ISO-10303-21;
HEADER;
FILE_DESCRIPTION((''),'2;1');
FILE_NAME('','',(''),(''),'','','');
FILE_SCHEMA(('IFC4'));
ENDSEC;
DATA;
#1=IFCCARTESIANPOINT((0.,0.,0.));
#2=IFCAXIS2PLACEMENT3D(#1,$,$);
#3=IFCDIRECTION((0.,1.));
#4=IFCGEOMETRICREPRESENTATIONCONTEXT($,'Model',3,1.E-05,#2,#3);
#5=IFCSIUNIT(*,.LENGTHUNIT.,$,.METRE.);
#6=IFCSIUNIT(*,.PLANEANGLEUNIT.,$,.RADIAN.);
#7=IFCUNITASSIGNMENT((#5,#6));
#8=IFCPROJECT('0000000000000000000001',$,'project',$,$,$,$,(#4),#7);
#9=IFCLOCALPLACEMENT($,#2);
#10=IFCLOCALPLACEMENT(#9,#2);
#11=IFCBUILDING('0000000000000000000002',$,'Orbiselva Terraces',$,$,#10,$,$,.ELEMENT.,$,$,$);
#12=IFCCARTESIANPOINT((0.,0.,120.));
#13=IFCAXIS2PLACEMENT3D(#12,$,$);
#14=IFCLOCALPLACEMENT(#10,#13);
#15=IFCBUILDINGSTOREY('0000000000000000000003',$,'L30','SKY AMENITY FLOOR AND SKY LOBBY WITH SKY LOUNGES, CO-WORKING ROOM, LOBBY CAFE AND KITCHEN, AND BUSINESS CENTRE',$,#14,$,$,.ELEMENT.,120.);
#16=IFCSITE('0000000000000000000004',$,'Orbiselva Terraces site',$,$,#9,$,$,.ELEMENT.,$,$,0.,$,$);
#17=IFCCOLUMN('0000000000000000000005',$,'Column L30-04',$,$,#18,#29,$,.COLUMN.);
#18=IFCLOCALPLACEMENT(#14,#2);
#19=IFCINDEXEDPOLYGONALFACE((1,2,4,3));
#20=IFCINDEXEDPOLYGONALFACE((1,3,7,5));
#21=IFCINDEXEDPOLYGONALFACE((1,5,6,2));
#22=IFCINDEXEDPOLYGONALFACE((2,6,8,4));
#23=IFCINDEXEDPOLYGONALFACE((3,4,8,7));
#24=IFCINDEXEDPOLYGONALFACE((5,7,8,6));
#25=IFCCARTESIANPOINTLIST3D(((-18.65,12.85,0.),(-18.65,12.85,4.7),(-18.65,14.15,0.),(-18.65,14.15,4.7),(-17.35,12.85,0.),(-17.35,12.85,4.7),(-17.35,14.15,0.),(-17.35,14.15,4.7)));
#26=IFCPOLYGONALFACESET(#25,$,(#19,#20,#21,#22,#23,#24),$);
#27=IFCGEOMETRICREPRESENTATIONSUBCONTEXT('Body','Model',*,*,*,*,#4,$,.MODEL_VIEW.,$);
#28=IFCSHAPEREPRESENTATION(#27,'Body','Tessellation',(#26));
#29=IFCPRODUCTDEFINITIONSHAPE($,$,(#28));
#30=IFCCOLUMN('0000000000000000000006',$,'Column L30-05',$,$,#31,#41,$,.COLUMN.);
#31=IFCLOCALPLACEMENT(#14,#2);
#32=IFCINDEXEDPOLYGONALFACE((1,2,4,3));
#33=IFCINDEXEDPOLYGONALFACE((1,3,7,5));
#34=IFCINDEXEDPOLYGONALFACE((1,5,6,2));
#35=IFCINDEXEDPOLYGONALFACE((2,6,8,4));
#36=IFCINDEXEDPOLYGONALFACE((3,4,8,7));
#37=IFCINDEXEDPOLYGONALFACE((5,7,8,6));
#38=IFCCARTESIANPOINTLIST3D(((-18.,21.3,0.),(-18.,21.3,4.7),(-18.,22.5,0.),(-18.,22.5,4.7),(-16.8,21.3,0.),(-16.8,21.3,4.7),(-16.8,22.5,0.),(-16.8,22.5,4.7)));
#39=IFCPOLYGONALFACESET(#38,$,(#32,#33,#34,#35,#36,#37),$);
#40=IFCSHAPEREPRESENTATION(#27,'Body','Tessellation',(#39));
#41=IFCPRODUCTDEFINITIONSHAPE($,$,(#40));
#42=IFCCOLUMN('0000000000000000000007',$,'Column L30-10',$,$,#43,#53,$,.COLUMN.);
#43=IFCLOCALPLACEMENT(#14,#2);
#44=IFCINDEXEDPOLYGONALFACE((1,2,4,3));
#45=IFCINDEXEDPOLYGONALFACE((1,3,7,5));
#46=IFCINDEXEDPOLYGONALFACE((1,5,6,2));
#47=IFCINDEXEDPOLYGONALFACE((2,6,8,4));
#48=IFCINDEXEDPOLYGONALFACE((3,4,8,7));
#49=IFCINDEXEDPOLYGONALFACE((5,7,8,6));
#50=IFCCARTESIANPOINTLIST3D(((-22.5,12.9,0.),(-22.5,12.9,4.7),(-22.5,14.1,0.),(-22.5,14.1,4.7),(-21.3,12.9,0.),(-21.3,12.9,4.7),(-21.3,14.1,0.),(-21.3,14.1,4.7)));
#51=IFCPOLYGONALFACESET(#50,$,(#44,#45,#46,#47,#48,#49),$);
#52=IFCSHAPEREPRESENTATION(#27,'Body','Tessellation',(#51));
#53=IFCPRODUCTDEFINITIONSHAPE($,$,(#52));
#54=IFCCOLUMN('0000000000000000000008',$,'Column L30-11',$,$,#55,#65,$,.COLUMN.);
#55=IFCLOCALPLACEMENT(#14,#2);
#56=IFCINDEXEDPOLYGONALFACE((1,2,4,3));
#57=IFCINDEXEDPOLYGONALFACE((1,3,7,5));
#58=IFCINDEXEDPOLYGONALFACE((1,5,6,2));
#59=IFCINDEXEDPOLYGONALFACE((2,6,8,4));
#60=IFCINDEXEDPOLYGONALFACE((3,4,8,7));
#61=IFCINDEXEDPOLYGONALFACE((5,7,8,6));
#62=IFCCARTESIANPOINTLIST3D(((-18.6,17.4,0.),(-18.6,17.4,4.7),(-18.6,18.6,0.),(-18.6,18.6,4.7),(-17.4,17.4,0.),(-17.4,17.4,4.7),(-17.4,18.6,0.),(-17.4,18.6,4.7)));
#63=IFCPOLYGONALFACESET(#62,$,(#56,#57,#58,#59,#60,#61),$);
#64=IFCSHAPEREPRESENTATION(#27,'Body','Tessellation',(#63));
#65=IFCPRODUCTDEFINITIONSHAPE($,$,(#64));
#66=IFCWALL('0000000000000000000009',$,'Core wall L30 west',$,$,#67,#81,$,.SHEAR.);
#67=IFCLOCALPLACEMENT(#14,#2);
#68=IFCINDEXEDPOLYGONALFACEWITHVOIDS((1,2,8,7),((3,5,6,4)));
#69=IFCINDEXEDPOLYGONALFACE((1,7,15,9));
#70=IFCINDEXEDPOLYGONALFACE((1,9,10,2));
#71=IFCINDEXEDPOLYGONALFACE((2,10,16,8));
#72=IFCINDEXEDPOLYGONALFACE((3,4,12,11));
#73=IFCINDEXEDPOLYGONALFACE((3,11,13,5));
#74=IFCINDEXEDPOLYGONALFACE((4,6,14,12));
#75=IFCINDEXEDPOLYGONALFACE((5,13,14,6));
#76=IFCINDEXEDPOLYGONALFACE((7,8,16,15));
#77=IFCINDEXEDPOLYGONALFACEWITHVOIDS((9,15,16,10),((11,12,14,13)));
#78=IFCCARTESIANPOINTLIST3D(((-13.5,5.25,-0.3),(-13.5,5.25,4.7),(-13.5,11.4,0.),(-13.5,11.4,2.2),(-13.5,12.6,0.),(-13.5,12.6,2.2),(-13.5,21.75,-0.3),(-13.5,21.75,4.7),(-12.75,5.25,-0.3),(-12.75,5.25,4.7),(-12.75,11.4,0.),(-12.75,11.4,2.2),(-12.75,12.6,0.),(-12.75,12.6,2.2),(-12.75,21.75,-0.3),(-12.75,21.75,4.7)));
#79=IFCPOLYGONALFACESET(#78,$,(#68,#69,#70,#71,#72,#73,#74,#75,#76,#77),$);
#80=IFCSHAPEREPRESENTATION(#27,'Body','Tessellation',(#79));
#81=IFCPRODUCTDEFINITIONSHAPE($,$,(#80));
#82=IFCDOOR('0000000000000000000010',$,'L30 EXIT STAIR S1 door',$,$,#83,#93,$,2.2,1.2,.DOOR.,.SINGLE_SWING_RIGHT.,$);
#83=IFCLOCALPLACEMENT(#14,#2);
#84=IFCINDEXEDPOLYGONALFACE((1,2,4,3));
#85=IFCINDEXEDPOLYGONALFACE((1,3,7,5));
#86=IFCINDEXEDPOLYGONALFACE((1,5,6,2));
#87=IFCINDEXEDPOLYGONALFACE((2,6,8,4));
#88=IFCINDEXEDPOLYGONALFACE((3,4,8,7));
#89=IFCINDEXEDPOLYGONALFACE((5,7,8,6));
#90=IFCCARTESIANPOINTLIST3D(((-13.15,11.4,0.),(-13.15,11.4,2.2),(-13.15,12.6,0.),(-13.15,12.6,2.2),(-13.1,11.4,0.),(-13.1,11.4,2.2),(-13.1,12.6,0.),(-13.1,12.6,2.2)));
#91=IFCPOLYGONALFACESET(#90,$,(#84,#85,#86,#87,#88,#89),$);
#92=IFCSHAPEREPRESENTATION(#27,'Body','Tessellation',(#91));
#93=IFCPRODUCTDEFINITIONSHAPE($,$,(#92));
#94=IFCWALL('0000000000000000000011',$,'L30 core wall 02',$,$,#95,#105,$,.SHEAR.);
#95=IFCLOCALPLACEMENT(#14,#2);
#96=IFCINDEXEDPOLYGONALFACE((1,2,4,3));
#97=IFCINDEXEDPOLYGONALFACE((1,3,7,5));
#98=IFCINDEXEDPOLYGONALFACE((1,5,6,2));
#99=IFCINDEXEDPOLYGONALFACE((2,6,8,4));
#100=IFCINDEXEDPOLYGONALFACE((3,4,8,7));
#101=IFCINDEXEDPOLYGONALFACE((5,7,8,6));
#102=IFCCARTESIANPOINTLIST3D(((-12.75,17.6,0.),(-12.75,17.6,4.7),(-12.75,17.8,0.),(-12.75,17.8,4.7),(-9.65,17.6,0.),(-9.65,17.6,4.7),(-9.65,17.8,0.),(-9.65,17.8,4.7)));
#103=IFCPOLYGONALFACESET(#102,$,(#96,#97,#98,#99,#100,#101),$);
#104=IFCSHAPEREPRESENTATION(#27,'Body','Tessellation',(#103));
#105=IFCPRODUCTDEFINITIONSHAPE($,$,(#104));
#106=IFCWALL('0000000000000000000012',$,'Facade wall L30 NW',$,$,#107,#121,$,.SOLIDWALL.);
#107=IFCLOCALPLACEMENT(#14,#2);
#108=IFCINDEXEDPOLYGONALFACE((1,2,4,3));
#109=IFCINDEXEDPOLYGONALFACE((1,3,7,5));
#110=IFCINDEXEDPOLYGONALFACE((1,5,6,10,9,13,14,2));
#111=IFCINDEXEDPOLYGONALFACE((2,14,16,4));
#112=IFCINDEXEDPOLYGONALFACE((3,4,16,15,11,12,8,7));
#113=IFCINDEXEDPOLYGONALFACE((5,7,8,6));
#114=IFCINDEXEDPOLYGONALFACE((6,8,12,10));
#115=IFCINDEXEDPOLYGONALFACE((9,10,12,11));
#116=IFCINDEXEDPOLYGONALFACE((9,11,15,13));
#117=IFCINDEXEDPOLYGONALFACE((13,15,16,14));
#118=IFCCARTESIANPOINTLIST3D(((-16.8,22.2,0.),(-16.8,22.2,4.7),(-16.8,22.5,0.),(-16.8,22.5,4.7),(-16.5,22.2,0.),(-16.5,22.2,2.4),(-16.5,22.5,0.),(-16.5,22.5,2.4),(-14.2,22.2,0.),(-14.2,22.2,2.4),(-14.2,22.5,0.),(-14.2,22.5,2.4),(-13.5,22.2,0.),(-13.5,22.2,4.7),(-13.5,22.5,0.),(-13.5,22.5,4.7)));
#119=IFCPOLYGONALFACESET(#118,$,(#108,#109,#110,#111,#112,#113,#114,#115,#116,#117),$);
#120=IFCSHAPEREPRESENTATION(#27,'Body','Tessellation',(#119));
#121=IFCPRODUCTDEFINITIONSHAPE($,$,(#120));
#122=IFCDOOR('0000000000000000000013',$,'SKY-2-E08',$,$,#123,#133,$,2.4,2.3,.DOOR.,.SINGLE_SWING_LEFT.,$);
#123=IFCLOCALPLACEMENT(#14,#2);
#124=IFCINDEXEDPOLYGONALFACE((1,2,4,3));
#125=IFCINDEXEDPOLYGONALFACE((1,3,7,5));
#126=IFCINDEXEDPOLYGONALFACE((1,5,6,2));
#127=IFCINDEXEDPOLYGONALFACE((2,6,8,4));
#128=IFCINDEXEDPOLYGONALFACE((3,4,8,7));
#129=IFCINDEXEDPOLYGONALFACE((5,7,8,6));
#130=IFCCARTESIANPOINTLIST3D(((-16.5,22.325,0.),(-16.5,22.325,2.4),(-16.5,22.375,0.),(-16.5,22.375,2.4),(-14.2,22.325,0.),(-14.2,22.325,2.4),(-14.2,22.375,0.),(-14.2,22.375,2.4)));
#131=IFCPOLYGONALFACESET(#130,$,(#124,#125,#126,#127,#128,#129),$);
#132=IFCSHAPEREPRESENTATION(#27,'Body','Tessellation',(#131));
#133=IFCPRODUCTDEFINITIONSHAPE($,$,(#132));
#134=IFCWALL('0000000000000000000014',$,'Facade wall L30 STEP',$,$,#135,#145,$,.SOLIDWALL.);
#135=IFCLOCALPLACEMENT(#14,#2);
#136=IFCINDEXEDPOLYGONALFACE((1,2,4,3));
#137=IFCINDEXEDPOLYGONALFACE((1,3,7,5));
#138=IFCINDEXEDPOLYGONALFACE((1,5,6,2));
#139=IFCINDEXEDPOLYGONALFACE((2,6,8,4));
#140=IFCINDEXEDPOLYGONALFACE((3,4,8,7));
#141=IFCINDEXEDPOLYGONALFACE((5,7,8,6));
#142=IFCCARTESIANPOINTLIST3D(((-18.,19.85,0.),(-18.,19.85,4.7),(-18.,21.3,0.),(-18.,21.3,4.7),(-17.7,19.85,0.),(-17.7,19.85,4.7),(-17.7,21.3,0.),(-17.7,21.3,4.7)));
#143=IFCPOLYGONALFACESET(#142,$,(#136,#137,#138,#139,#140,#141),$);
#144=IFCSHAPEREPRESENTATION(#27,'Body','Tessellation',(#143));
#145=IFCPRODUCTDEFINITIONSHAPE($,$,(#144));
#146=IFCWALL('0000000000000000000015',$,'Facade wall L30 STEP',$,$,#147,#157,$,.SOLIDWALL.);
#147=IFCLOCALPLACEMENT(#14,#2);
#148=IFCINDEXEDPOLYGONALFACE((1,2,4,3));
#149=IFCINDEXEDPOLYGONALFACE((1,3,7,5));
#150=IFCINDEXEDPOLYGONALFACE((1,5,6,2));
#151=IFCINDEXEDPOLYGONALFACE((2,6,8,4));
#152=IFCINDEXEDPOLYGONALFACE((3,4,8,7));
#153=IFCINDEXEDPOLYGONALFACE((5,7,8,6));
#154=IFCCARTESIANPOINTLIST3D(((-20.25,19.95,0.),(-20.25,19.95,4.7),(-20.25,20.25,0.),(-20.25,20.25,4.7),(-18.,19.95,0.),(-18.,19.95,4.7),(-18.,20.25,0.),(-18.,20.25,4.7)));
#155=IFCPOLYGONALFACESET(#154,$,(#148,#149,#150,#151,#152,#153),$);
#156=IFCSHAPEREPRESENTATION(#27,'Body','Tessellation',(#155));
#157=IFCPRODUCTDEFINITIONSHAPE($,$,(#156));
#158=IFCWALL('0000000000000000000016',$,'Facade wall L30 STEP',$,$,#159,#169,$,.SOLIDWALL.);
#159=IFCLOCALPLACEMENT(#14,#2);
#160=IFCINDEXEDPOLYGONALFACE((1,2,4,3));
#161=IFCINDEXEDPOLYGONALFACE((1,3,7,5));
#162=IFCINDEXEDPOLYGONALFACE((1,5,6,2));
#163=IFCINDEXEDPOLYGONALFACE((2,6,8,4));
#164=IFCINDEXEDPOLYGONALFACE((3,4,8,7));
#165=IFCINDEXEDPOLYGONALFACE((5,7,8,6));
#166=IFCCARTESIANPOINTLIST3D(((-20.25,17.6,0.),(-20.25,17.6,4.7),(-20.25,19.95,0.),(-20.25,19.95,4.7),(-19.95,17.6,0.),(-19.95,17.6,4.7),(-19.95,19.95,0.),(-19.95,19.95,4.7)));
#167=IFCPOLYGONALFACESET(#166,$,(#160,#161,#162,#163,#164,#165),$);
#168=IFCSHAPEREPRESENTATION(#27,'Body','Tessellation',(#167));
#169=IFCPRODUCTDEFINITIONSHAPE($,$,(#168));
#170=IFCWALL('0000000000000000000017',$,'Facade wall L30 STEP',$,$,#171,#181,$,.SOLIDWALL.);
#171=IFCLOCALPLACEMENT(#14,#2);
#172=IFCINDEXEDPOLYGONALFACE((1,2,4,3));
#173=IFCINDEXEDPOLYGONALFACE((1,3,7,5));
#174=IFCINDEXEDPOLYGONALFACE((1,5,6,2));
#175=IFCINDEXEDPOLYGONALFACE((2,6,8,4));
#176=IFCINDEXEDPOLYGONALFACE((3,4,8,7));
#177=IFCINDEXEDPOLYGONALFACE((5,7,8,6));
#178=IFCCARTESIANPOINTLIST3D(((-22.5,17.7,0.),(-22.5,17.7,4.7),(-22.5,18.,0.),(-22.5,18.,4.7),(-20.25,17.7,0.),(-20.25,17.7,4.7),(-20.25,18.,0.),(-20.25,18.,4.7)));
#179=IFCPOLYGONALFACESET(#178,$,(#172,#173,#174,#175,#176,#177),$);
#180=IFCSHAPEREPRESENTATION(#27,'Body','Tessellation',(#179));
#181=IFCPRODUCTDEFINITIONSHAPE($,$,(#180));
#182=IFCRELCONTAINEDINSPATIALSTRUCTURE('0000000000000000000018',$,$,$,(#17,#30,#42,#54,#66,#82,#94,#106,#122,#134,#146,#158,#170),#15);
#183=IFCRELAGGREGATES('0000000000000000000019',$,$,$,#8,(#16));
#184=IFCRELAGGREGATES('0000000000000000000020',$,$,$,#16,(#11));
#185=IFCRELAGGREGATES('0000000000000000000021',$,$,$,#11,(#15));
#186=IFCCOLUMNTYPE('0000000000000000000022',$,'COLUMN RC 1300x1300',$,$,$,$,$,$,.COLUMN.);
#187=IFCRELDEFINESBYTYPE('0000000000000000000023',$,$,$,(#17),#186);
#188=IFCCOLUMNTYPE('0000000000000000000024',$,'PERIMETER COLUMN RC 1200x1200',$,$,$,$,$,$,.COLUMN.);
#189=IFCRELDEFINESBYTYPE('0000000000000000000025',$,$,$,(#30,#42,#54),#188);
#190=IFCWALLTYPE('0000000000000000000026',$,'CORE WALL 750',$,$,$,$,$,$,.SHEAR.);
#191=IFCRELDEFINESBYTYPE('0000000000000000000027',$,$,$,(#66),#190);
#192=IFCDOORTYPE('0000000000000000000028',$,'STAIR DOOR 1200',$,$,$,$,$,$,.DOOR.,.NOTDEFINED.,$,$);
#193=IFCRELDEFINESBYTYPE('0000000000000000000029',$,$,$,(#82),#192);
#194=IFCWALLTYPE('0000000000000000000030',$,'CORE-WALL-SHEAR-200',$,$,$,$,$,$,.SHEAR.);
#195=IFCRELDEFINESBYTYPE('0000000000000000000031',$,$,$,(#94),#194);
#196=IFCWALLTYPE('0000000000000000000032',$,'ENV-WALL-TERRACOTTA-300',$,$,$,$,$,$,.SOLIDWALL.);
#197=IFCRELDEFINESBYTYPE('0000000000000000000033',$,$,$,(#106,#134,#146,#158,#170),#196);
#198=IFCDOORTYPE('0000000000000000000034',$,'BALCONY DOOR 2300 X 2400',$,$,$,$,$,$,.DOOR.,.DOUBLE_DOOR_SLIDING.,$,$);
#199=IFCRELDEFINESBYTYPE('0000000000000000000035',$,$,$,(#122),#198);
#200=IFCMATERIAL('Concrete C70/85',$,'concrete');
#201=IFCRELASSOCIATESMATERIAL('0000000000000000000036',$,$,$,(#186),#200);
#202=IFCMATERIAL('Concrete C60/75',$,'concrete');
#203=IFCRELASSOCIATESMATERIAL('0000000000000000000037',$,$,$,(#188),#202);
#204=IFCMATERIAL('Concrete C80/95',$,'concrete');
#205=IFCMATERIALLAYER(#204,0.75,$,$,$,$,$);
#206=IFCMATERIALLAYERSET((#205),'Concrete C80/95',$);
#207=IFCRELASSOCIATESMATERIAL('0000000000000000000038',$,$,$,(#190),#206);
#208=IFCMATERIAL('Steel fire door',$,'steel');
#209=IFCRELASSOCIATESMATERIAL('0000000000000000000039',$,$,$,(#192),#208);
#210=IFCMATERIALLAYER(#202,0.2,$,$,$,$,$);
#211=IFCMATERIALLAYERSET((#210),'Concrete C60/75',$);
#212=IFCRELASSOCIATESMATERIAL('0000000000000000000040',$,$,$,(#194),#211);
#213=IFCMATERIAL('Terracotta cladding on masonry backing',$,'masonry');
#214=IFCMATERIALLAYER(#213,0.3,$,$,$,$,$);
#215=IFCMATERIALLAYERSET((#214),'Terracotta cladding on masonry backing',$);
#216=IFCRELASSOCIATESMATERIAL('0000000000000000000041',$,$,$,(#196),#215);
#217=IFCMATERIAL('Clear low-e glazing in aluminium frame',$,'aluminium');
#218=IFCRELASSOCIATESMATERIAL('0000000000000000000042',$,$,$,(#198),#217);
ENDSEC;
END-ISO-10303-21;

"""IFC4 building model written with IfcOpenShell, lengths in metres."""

from ifc_helpers import new_model, si_unit, direction, frame, frame_2d, origin, origin_2d, place, context, subcontext, project, spatial, rectangle, extrude, material, layer, layer_set, material_profile, profile_set, type_object, element, fill, save


model = new_model("IFC4")

# Units and contexts
model_context = context("Model", 3, precision=1e-05, world=origin(), true_north=direction((0.0, 1.0)))
body_context = subcontext(model_context, "Body", "Model", "MODEL_VIEW")
ifc_project = project(units=[si_unit("LENGTHUNIT", "METRE"), si_unit("PLANEANGLEUNIT", "RADIAN")], contexts=[model_context])

# Site, building, storey
site_placement = place(None, origin())
site = spatial("IfcSite", under=ifc_project, at=site_placement, Name="Orbiselva Terraces site", CompositionType="ELEMENT", RefElevation=0.0)
building_placement = place(site_placement, origin())
building = spatial("IfcBuilding", under=site, at=building_placement, Name="Orbiselva Terraces", CompositionType="ELEMENT")
storey_placement = place(building_placement, frame((0.0, 0.0, 120.0)))
storey = spatial("IfcBuildingStorey", under=building, at=storey_placement, Name="L30", Description="SKY AMENITY FLOOR AND SKY LOBBY WITH SKY LOUNGES, CO-WORKING ROOM, LOBBY CAFE AND KITCHEN, AND BUSINESS CENTRE", CompositionType="ELEMENT", Elevation=120.0)

# Columns
ifc_material_1 = material(Name="Concrete C70/85", Category="concrete")
ifc_material_profile_1 = material_profile(ifc_material_1, rectangle(XDim=1.3, YDim=1.3, at=origin_2d()), Name="RC 1300x1300")
ifc_profile_set_1 = profile_set([ifc_material_profile_1], Name="Concrete C70/85")
column_type_1 = type_object("IfcColumnType", Name="COLUMN RC 1300x1300", PredefinedType="COLUMN", material=ifc_profile_set_1)
column_placement = place(storey_placement, frame((-18.0, 13.5, 0.0), z_axis=(0.0, 0.0, 1.0), x_axis=(1.0, 0.0, 0.0)))
element("IfcColumn", 1, at=column_placement, inside=storey, type_object=column_type_1, Name="Column L30-04", PredefinedType="COLUMN", context=body_context, shape_type="SweptSolid", body=[
    extrude(rectangle(XDim=1.3, YDim=1.3, at=origin_2d()), origin(), (0.0, 0.0, 1.0), 4.7),
])
ifc_material_2 = material(Name="Concrete C60/75", Category="concrete")
ifc_material_profile_2 = material_profile(ifc_material_2, rectangle(XDim=1.2, YDim=1.2, at=origin_2d()), Name="RC 1200x1200")
ifc_profile_set_2 = profile_set([ifc_material_profile_2], Name="Concrete C60/75")
column_type_2 = type_object("IfcColumnType", Name="PERIMETER COLUMN RC 1200x1200", PredefinedType="COLUMN", material=ifc_profile_set_2)
for number, where, z_axis, x_axis, name in (
    (2, (-17.4, 21.9, 0.0), (0.0, 0.0, 1.0), (1.0, 0.0, 0.0), "Column L30-05"),
    (3, (-21.9, 13.5, 0.0), (0.0, 0.0, 1.0), (1.0, 0.0, 0.0), "Column L30-10"),
    (4, (-18.0, 18.0, 0.0), (0.0, 0.0, 1.0), (1.0, 0.0, 0.0), "Column L30-11"),
):
    element("IfcColumn", number, at=place(storey_placement, frame(where, z_axis=z_axis, x_axis=x_axis)), inside=storey, type_object=column_type_2, Name=name, PredefinedType="COLUMN", context=body_context, shape_type="SweptSolid", body=[
        extrude(rectangle(XDim=1.2, YDim=1.2, at=origin_2d()), origin(), (0.0, 0.0, 1.0), 4.7),
    ])

# Wall, opening, door
ifc_material_3 = material(Name="Concrete C80/95", Category="concrete")
ifc_layer_1 = layer(ifc_material_3, 0.75)
ifc_layer_set_1 = layer_set([ifc_layer_1], Name="Concrete C80/95")
wall_type_1 = type_object("IfcWallType", Name="CORE WALL 750", PredefinedType="SHEAR", material=ifc_layer_set_1)
wall_1_placement = place(storey_placement, frame((-13.125, 21.75, -0.3), z_axis=(0.0, 0.0, 1.0), x_axis=(0.0, -1.0, 0.0)))
wall_1 = element("IfcWall", 5, at=wall_1_placement, inside=storey, type_object=wall_type_1, Name="Core wall L30 west", PredefinedType="SHEAR", context=body_context, shape_type="SweptSolid", body=[
    extrude(rectangle(XDim=16.5, YDim=0.75, at=frame_2d((8.25, 0.0))), origin(), (0.0, 0.0, 1.0), 5.0),
])
opening_1_placement = place(wall_1_placement, frame((9.15, 0.0, 0.3)))
opening_1 = element("IfcOpeningElement", 6, at=opening_1_placement, cuts=wall_1, PredefinedType="OPENING", context=body_context, shape_type="SweptSolid", body=[
    extrude(rectangle(XDim=1.2, YDim=2.2, at=frame_2d((0.6, 1.1))), frame((0.0, 0.385, 0.0), z_axis=(0.0, -1.0, 0.0), x_axis=(1.0, 0.0, 0.0)), (0.0, 0.0, 1.0), 0.77),
])
ifc_material_4 = material(Name="Steel fire door", Category="steel")
door_type_1 = type_object("IfcDoorType", Name="STAIR DOOR 1200", OperationType="NOTDEFINED", PredefinedType="DOOR", material=ifc_material_4)
door_1_placement = place(opening_1_placement, frame((1.2, 0.0, 0.0), z_axis=(0.0, 0.0, 1.0), x_axis=(-1.0, 0.0, 0.0)))
door_1 = element("IfcDoor", 7, at=door_1_placement, inside=storey, type_object=door_type_1, Name="L30 EXIT STAIR S1 door", OperationType="SINGLE_SWING_RIGHT", OverallHeight=2.2, OverallWidth=1.2, PredefinedType="DOOR", context=body_context, shape_type="SweptSolid", body=[
    extrude(rectangle(XDim=1.2, YDim=2.2, at=frame_2d((0.6, 1.1))), frame((0.0, 0.025, 0.0), z_axis=(0.0, -1.0, 0.0), x_axis=(1.0, 0.0, 0.0)), (0.0, 0.0, 1.0), 0.05),
])
fill(opening_1, door_1)

# Wall
ifc_layer_2 = layer(ifc_material_2, 0.2)
ifc_layer_set_2 = layer_set([ifc_layer_2], Name="Concrete C60/75")
wall_type_2 = type_object("IfcWallType", Name="CORE-WALL-SHEAR-200", PredefinedType="SHEAR", material=ifc_layer_set_2)
wall_2_placement = place(storey_placement, frame((-12.75, 17.7, 0.0), z_axis=(0.0, 0.0, 1.0), x_axis=(1.0, 0.0, 0.0)))
element("IfcWall", 8, at=wall_2_placement, inside=storey, type_object=wall_type_2, Name="L30 core wall 02", PredefinedType="SHEAR", context=body_context, shape_type="SweptSolid", body=[
    extrude(rectangle(XDim=3.1, YDim=0.2, at=frame_2d((1.55, 0.0))), origin(), (0.0, 0.0, 1.0), 4.7),
])

# Wall, opening, door
ifc_material_5 = material(Name="Terracotta cladding on masonry backing", Category="masonry")
ifc_layer_3 = layer(ifc_material_5, 0.3)
ifc_layer_set_3 = layer_set([ifc_layer_3], Name="Terracotta cladding on masonry backing")
wall_type_3 = type_object("IfcWallType", Name="ENV-WALL-TERRACOTTA-300", PredefinedType="SOLIDWALL", material=ifc_layer_set_3)
wall_3_placement = place(storey_placement, frame((-16.8, 22.35, 0.0), z_axis=(0.0, 0.0, 1.0), x_axis=(1.0, 0.0, 0.0)))
wall_3 = element("IfcWall", 9, at=wall_3_placement, inside=storey, type_object=wall_type_3, Name="Facade wall L30 NW", PredefinedType="SOLIDWALL", context=body_context, shape_type="SweptSolid", body=[
    extrude(rectangle(XDim=3.3, YDim=0.3, at=frame_2d((1.65, 0.0))), origin(), (0.0, 0.0, 1.0), 4.7),
])
opening_2_placement = place(wall_3_placement, frame((0.3, 0.0, 0.0)))
opening_2 = element("IfcOpeningElement", 10, at=opening_2_placement, cuts=wall_3, PredefinedType="OPENING", context=body_context, shape_type="SweptSolid", body=[
    extrude(rectangle(XDim=2.3, YDim=2.4, at=frame_2d((1.15, 1.2))), frame((0.0, 0.16, 0.0), z_axis=(0.0, -1.0, 0.0), x_axis=(1.0, 0.0, 0.0)), (0.0, 0.0, 1.0), 0.32),
])
ifc_material_6 = material(Name="Clear low-e glazing in aluminium frame", Category="aluminium")
door_type_2 = type_object("IfcDoorType", Name="BALCONY DOOR 2300 X 2400", OperationType="DOUBLE_DOOR_SLIDING", PredefinedType="DOOR", material=ifc_material_6)
door_2_placement = place(opening_2_placement, origin())
door_2 = element("IfcDoor", 11, at=door_2_placement, inside=storey, type_object=door_type_2, Name="SKY-2-E08", OperationType="SINGLE_SWING_LEFT", OverallHeight=2.4, OverallWidth=2.3, PredefinedType="DOOR", context=body_context, shape_type="SweptSolid", body=[
    extrude(rectangle(XDim=2.3, YDim=2.4, at=frame_2d((1.15, 1.2))), frame((0.0, 0.025, 0.0), z_axis=(0.0, -1.0, 0.0), x_axis=(1.0, 0.0, 0.0)), (0.0, 0.0, 1.0), 0.05),
])
fill(opening_2, door_2)

# Walls
wall_4_placement = place(storey_placement, frame((-17.85, 19.85, 0.0), z_axis=(0.0, 0.0, 1.0), x_axis=(0.0, 1.0, 0.0)))
element("IfcWall", 12, at=wall_4_placement, inside=storey, type_object=wall_type_3, Name="Facade wall L30 STEP", PredefinedType="SOLIDWALL", context=body_context, shape_type="SweptSolid", body=[
    extrude(rectangle(XDim=1.45, YDim=0.3, at=frame_2d((0.725, 0.0))), origin(), (0.0, 0.0, 1.0), 4.7),
])
wall_5_placement = place(storey_placement, frame((-20.25, 20.1, 0.0), z_axis=(0.0, 0.0, 1.0), x_axis=(1.0, 0.0, 0.0)))
element("IfcWall", 13, at=wall_5_placement, inside=storey, type_object=wall_type_3, Name="Facade wall L30 STEP", PredefinedType="SOLIDWALL", context=body_context, shape_type="SweptSolid", body=[
    extrude(rectangle(XDim=2.25, YDim=0.3, at=frame_2d((1.125, 0.0))), origin(), (0.0, 0.0, 1.0), 4.7),
])
wall_6_placement = place(storey_placement, frame((-20.1, 17.6, 0.0), z_axis=(0.0, 0.0, 1.0), x_axis=(0.0, 1.0, 0.0)))
element("IfcWall", 14, at=wall_6_placement, inside=storey, type_object=wall_type_3, Name="Facade wall L30 STEP", PredefinedType="SOLIDWALL", context=body_context, shape_type="SweptSolid", body=[
    extrude(rectangle(XDim=2.35, YDim=0.3, at=frame_2d((1.175, 0.0))), origin(), (0.0, 0.0, 1.0), 4.7),
])
wall_7_placement = place(storey_placement, frame((-22.5, 17.85, 0.0), z_axis=(0.0, 0.0, 1.0), x_axis=(1.0, 0.0, 0.0)))
element("IfcWall", 15, at=wall_7_placement, inside=storey, type_object=wall_type_3, Name="Facade wall L30 STEP", PredefinedType="SOLIDWALL", context=body_context, shape_type="SweptSolid", body=[
    extrude(rectangle(XDim=2.25, YDim=0.3, at=frame_2d((1.125, 0.0))), origin(), (0.0, 0.0, 1.0), 4.7),
])

save(model, "model.ifc")
